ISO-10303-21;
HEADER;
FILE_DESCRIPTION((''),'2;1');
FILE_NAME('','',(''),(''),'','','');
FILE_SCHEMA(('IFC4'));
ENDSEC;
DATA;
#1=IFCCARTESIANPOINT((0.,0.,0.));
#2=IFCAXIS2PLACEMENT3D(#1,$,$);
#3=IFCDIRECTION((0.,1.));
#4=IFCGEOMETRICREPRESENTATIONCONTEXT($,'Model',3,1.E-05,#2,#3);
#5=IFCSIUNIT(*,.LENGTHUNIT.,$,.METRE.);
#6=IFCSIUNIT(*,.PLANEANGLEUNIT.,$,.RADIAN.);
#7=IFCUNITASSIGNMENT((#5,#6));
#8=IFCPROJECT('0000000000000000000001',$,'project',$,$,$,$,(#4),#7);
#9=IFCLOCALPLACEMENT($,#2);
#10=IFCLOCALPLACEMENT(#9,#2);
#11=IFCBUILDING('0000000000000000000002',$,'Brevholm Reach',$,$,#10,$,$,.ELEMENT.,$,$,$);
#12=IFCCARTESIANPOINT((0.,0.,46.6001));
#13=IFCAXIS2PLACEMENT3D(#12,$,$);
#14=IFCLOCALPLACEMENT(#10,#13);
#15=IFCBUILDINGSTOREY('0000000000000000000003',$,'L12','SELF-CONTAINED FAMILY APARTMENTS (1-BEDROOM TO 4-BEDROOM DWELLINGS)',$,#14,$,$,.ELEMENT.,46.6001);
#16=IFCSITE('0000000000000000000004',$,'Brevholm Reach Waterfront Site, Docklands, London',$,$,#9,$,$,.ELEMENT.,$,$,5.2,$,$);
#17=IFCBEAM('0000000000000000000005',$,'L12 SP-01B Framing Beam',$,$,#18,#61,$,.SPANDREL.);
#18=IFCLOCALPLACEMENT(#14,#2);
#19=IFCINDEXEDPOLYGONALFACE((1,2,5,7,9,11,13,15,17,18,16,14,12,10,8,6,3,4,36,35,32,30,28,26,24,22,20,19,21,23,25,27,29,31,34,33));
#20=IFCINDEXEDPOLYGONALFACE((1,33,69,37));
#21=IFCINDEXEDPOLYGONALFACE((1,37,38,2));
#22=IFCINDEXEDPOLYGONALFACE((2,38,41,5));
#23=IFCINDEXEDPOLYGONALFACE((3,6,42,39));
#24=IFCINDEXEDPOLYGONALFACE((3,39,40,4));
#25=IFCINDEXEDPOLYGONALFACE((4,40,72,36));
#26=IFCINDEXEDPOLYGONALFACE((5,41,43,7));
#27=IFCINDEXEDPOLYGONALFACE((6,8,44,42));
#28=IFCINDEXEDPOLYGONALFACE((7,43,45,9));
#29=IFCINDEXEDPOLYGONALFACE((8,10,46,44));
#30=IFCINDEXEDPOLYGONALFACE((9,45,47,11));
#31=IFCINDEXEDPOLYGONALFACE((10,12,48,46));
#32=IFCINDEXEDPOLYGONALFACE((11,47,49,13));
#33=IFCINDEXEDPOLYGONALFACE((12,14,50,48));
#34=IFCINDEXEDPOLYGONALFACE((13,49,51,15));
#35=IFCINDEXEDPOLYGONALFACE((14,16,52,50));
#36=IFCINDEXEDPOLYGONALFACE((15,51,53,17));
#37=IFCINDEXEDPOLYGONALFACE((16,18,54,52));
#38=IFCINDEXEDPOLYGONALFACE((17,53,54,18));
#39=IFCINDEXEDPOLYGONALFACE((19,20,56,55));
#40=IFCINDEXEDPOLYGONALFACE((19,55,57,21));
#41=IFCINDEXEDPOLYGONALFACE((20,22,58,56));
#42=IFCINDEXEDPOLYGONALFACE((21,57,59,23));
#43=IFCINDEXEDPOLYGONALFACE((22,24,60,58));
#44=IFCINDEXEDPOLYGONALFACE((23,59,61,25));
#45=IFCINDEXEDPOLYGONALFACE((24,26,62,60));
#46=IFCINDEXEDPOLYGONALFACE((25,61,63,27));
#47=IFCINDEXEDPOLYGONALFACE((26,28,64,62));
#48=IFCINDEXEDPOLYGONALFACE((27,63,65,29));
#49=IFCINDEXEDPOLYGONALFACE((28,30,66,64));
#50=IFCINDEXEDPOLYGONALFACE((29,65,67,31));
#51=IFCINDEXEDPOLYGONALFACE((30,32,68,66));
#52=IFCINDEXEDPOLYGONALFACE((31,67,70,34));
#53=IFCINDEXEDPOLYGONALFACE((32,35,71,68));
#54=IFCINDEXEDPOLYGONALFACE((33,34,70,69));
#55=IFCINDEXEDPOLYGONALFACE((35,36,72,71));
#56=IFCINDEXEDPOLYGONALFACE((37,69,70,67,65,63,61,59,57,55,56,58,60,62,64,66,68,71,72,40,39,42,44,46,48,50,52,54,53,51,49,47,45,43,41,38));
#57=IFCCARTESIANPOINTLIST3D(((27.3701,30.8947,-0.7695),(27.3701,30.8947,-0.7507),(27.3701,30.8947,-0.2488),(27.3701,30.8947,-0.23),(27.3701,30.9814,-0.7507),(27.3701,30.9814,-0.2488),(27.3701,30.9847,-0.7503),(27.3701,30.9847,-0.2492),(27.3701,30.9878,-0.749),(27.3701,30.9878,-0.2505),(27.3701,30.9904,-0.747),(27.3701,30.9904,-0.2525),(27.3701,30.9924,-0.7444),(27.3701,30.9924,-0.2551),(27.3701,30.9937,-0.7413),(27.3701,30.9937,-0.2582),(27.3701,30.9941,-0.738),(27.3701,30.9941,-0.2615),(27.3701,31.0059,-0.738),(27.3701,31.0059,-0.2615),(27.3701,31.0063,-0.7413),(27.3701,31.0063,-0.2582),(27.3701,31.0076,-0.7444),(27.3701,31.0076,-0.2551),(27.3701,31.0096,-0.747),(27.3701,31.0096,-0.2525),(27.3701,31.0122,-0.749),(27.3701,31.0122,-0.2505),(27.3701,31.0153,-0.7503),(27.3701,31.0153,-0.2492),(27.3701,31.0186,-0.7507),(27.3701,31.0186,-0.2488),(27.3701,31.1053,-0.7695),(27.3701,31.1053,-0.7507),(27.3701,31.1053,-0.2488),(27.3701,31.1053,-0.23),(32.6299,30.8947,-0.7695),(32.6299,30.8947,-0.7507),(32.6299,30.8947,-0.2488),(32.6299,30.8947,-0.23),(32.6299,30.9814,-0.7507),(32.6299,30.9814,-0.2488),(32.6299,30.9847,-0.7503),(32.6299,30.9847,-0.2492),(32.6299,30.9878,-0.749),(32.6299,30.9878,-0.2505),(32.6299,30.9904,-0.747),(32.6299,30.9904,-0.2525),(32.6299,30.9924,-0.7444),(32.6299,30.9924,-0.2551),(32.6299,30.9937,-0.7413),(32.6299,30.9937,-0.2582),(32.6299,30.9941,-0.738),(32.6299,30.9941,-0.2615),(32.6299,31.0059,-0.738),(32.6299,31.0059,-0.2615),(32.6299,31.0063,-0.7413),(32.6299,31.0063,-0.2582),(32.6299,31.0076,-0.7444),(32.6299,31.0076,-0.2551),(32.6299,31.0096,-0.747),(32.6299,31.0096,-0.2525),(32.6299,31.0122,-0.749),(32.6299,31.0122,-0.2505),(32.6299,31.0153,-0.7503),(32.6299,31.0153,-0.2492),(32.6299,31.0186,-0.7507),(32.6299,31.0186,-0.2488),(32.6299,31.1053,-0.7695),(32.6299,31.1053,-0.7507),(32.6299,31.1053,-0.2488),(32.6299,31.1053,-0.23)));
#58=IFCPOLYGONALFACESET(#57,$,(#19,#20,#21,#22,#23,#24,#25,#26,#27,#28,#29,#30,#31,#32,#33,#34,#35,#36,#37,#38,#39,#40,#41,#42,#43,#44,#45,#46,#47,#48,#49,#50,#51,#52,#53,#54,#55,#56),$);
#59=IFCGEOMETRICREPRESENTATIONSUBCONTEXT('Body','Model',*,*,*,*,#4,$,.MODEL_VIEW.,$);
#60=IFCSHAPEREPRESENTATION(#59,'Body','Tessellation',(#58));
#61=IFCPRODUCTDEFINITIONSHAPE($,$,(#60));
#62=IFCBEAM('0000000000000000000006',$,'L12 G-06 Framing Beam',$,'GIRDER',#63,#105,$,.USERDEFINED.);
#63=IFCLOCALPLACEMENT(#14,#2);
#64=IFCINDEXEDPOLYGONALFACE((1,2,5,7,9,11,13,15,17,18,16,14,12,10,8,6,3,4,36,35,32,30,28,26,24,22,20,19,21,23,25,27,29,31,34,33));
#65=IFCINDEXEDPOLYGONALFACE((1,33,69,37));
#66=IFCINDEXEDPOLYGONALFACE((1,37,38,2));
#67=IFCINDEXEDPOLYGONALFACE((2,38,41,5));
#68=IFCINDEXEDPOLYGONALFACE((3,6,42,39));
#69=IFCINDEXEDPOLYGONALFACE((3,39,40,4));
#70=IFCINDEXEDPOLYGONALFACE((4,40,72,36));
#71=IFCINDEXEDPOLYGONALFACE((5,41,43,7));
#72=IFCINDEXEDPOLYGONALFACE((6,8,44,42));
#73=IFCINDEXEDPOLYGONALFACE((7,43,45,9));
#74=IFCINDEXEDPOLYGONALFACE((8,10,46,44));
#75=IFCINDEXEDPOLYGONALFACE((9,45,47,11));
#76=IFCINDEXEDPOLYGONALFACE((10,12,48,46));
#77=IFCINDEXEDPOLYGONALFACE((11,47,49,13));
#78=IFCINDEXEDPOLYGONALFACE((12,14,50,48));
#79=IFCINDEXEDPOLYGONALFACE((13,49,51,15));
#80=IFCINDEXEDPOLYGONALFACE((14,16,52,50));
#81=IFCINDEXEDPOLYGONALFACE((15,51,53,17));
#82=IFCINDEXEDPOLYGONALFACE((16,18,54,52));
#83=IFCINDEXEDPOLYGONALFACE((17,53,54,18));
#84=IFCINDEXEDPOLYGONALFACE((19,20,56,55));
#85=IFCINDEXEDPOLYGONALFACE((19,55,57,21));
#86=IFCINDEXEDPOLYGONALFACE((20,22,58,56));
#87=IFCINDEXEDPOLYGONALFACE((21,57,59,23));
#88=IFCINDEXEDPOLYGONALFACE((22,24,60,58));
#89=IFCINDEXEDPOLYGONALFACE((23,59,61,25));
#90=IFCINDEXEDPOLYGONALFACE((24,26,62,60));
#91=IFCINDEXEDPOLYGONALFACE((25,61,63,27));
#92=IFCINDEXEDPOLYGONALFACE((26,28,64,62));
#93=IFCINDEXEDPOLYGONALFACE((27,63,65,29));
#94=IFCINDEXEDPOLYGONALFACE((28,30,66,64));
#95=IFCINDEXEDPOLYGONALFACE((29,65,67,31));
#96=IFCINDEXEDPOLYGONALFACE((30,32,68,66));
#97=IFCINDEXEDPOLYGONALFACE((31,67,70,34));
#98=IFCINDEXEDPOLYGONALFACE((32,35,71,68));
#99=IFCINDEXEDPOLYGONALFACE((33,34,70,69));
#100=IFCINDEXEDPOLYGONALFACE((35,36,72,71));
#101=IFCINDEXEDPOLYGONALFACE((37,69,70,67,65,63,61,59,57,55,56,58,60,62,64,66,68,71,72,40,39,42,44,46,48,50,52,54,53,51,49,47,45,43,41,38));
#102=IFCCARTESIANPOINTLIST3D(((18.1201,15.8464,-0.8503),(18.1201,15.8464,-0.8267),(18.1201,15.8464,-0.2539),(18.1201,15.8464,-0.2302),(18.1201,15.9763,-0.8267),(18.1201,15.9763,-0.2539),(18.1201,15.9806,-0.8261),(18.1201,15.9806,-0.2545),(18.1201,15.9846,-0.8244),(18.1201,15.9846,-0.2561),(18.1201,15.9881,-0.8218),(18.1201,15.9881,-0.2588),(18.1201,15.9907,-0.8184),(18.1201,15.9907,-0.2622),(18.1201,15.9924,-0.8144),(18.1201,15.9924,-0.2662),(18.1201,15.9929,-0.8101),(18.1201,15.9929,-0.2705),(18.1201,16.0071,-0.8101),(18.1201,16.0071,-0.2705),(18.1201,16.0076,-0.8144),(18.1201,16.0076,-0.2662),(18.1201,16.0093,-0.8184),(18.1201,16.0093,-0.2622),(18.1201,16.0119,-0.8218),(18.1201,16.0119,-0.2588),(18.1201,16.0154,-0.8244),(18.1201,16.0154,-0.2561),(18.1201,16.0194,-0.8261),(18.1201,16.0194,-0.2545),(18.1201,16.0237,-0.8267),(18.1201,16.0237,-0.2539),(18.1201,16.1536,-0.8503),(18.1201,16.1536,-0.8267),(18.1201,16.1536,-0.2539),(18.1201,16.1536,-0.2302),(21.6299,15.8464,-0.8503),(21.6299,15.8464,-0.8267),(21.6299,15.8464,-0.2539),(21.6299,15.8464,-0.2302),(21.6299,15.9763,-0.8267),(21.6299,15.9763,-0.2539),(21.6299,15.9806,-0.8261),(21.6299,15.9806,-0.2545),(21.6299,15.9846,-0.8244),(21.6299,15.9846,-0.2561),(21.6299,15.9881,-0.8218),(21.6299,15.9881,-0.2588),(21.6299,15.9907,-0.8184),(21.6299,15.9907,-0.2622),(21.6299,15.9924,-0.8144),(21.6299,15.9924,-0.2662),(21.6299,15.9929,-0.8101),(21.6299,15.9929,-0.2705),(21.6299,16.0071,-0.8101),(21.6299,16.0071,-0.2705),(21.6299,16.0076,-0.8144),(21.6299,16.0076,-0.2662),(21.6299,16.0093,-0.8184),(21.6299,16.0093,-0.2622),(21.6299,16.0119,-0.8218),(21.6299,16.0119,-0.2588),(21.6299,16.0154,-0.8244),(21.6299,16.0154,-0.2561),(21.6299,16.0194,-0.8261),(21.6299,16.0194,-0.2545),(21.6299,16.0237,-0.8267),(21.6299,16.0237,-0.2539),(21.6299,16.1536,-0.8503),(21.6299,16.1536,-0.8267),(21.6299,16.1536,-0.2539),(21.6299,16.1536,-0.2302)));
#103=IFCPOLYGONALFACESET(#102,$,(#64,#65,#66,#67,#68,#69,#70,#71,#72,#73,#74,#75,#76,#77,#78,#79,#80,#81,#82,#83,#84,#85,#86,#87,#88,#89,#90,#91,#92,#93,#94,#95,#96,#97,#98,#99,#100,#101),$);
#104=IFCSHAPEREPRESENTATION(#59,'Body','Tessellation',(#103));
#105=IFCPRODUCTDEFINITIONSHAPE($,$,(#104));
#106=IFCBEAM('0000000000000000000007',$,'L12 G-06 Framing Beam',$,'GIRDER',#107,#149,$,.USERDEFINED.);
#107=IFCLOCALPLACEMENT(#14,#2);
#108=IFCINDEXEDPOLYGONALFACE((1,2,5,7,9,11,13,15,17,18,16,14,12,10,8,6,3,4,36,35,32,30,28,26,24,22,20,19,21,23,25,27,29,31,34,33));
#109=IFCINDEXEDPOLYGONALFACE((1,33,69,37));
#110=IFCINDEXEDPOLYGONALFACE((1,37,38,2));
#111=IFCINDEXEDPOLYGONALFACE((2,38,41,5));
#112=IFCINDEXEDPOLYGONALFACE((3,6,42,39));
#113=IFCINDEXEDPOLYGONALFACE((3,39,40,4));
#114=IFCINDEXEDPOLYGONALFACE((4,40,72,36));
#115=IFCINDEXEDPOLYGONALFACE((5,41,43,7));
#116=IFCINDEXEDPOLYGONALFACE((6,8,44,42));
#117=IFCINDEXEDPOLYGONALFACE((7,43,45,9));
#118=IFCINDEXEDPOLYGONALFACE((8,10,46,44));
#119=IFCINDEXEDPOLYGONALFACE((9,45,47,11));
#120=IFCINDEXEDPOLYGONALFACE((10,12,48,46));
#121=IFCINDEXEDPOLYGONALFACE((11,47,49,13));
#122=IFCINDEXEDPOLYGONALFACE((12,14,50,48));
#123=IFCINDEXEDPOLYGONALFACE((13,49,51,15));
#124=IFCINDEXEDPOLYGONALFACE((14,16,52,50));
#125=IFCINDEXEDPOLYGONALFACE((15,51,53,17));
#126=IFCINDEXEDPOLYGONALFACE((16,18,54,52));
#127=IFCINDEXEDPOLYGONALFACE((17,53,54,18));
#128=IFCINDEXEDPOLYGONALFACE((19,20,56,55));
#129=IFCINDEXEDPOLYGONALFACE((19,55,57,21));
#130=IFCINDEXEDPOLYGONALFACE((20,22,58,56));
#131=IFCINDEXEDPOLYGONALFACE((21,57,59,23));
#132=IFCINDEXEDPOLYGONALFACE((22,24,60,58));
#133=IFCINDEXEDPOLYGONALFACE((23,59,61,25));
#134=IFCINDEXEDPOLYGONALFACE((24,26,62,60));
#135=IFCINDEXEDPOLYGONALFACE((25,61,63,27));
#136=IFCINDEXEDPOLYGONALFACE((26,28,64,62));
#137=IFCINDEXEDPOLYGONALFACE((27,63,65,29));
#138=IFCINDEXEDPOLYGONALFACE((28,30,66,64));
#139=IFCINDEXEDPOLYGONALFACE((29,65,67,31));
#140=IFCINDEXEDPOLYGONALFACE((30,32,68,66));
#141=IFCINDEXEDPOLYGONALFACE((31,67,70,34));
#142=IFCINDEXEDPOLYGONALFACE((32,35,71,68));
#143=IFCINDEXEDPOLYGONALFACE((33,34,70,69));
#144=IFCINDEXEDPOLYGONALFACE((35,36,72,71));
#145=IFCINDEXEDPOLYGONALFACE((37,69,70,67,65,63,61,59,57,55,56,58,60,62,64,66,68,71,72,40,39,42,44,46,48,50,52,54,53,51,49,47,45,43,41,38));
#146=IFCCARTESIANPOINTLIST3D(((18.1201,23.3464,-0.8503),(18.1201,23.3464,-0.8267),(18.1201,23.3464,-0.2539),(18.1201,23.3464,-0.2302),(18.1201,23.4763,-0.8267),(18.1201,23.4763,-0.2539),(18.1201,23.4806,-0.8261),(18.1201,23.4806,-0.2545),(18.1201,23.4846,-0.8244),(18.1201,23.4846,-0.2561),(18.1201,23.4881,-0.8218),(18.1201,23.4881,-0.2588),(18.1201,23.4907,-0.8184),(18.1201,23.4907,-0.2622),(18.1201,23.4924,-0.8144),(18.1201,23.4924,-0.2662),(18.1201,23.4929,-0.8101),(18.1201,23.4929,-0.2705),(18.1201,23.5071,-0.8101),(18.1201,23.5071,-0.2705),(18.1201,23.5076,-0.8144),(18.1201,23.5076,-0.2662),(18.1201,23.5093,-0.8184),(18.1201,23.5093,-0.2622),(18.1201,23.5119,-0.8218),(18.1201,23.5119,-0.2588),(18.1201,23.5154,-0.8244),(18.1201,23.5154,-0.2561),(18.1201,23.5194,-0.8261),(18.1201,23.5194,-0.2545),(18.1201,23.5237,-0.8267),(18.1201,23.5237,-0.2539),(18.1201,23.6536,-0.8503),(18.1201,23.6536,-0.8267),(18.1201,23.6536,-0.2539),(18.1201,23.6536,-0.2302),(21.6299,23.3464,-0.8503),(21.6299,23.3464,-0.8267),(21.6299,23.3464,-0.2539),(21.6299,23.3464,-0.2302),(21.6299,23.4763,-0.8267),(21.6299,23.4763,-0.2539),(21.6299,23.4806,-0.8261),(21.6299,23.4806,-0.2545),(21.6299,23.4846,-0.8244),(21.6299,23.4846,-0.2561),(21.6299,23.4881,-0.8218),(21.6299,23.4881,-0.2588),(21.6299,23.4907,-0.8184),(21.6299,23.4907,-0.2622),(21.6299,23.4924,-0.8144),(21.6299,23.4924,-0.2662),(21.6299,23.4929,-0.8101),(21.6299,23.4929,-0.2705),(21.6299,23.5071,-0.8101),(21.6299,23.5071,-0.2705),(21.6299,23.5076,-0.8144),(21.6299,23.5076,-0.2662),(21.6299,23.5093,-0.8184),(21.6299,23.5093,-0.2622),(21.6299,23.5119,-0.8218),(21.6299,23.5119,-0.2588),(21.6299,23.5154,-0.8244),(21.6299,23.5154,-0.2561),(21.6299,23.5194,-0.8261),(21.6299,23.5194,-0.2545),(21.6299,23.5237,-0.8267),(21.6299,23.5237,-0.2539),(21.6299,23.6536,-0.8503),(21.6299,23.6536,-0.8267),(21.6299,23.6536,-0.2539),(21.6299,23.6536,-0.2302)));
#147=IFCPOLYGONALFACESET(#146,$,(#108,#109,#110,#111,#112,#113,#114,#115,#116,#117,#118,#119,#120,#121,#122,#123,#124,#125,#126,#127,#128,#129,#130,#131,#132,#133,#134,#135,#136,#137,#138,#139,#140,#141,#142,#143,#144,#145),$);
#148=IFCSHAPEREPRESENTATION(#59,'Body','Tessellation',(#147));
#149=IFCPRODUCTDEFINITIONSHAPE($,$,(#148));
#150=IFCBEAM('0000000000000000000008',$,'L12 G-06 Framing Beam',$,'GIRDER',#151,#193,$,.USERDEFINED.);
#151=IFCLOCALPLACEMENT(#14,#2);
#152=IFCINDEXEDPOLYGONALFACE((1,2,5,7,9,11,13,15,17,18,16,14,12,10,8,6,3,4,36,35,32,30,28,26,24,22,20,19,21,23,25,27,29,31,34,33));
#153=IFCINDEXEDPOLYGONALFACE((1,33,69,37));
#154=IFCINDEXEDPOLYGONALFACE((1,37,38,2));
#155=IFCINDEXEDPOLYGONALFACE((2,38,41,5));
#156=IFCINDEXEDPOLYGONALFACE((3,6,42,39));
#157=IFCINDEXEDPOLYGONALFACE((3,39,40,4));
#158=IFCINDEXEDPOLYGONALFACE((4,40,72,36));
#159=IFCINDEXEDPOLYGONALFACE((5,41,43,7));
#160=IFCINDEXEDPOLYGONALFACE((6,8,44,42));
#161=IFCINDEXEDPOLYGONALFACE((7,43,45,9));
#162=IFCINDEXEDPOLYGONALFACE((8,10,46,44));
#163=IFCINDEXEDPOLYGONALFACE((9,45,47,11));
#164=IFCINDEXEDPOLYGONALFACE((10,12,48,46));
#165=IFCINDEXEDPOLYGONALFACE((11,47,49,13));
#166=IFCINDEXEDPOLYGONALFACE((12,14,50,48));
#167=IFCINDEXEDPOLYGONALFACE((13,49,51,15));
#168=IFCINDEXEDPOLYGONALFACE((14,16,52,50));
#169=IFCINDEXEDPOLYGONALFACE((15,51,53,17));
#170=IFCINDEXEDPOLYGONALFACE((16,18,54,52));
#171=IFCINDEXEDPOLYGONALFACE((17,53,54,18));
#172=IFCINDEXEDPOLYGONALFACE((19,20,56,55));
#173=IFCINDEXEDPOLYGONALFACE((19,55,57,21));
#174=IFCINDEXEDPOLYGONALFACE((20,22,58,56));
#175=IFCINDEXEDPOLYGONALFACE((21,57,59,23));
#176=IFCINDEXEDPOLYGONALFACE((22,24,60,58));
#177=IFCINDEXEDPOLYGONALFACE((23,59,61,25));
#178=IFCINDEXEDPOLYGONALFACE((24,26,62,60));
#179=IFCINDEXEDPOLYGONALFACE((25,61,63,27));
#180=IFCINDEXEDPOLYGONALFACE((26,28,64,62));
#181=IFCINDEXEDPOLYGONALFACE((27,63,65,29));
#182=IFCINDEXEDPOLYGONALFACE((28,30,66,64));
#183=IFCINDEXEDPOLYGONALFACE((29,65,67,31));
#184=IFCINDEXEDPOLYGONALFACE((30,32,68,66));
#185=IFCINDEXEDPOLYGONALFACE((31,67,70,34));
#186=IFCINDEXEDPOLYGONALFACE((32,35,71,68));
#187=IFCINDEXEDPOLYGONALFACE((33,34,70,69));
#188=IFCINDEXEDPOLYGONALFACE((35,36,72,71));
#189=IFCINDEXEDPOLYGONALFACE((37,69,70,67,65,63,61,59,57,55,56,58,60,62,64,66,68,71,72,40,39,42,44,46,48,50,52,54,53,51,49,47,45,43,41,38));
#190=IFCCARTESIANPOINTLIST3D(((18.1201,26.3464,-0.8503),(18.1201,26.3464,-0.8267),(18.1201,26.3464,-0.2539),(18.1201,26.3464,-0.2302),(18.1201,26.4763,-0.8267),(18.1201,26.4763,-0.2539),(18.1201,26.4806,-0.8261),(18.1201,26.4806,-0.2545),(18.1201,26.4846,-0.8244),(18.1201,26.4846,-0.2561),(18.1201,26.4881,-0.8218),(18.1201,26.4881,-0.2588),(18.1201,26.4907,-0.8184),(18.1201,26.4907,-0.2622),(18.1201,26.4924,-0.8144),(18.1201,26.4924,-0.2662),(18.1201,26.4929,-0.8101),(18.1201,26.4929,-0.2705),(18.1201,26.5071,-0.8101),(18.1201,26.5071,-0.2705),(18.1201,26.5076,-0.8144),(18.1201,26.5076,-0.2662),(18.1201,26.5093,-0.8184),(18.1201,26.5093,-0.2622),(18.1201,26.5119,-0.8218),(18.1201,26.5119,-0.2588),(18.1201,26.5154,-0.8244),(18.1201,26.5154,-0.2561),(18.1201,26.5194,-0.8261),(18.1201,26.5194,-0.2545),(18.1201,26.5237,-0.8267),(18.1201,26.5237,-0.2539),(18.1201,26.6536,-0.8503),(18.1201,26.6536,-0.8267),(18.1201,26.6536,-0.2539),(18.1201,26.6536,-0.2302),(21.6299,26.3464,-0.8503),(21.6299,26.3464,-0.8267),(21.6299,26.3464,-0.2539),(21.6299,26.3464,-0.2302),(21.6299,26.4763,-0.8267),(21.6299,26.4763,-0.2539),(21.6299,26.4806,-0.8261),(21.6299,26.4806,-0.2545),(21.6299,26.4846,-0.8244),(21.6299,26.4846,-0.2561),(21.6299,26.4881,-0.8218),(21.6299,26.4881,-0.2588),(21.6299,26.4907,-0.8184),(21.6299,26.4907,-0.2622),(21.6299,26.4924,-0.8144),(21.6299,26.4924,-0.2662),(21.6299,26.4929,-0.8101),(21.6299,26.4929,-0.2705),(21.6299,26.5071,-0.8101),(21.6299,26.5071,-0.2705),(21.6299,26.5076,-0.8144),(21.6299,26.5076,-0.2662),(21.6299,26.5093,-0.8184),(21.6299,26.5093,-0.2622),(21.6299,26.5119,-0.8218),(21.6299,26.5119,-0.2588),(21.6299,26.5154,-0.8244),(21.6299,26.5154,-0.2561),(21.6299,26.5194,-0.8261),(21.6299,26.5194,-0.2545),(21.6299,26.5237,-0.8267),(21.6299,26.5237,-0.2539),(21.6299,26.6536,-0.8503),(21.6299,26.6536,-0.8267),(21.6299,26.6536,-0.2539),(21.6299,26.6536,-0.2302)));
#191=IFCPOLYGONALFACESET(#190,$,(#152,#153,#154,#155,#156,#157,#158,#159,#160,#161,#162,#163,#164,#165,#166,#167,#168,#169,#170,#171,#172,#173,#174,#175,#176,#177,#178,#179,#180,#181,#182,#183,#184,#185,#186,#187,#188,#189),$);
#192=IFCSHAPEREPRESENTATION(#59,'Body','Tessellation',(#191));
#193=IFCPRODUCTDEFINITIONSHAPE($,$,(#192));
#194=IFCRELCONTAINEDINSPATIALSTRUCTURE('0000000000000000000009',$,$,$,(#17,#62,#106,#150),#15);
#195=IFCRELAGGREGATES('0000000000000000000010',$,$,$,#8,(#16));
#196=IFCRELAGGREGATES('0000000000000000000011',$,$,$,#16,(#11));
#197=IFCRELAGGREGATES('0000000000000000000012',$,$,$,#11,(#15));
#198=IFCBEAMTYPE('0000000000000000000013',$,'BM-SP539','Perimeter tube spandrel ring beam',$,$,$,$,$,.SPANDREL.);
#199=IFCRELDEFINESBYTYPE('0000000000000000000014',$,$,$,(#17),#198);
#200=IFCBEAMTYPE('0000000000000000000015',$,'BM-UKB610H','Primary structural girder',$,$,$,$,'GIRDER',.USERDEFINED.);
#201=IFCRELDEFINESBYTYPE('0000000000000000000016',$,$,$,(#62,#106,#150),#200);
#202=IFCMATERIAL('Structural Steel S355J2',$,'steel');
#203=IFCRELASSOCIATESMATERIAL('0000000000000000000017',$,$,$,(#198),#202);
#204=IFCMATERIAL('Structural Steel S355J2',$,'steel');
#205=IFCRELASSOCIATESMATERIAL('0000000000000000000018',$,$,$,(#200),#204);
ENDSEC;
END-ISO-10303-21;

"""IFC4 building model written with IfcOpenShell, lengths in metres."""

from ifc_helpers import new_model, si_unit, direction, frame, origin, origin_2d, place, context, subcontext, project, spatial, i_section, extrude, material, material_profile, profile_set, type_object, element, save


model = new_model("IFC4")

# Units and contexts
model_context = context("Model", 3, precision=1e-05, world=origin(), true_north=direction((0.0, 1.0)))
body_context = subcontext(model_context, "Body", "Model", "MODEL_VIEW")
ifc_project = project(units=[si_unit("LENGTHUNIT", "METRE"), si_unit("PLANEANGLEUNIT", "RADIAN")], contexts=[model_context])

# Site, building, storey
site_placement = place(None, origin())
site = spatial("IfcSite", under=ifc_project, at=site_placement, Name="Brevholm Reach Waterfront Site, Docklands, London", CompositionType="ELEMENT", RefElevation=5.2)
building_placement = place(site_placement, origin())
building = spatial("IfcBuilding", under=site, at=building_placement, Name="Brevholm Reach", CompositionType="ELEMENT")
storey_placement = place(building_placement, frame((0.0, 0.0, 46.6001)))
storey = spatial("IfcBuildingStorey", under=building, at=storey_placement, Name="L12", Description="SELF-CONTAINED FAMILY APARTMENTS (1-BEDROOM TO 4-BEDROOM DWELLINGS)", CompositionType="ELEMENT", Elevation=46.6001)

# Beams
ifc_material_1 = material(Name="Structural Steel S355J2", Category="steel")
ifc_material_profile_1 = material_profile(ifc_material_1, i_section(OverallWidth=0.2107, OverallDepth=0.5396, WebThickness=0.0117, FlangeThickness=0.0188, FilletRadius=0.0127, at=origin_2d()), Name="UKB 533x210x109")
ifc_profile_set_1 = profile_set([ifc_material_profile_1], Name="Structural Steel S355J2")
beam_type_1 = type_object("IfcBeamType", Name="BM-SP539", Description="Perimeter tube spandrel ring beam", PredefinedType="SPANDREL", material=ifc_profile_set_1)
for number, where, z_axis, x_axis, name in (
    (1, (27.3701, 31.0, -0.4998), (1.0, 0.0, 0.0), (0.0, 1.0, 0.0), "L12 SP-01B Framing Beam"),
):
    element("IfcBeam", number, at=place(storey_placement, frame(where, z_axis=z_axis, x_axis=x_axis)), inside=storey, type_object=beam_type_1, Name=name, PredefinedType="SPANDREL", context=body_context, shape_type="SweptSolid", body=[
        extrude(i_section(OverallWidth=0.2107, OverallDepth=0.5396, WebThickness=0.0117, FlangeThickness=0.0188, FilletRadius=0.0127, at=origin_2d()), origin(), (0.0, 0.0, 1.0), 5.2598),
    ])
ifc_material_2 = material(Name="Structural Steel S355J2", Category="steel")
ifc_material_profile_2 = material_profile(ifc_material_2, i_section(OverallWidth=0.3071, OverallDepth=0.6201, WebThickness=0.0142, FlangeThickness=0.0237, FilletRadius=0.0166, at=origin_2d()), Name="UKB 610x305x179")
ifc_profile_set_2 = profile_set([ifc_material_profile_2], Name="Structural Steel S355J2")
beam_type_2 = type_object("IfcBeamType", Name="BM-UKB610H", Description="Primary structural girder", ElementType="GIRDER", PredefinedType="USERDEFINED", material=ifc_profile_set_2)
for number, where, z_axis, x_axis, name in (
    (2, (18.1201, 16.0, -0.5403), (1.0, 0.0, 0.0), (0.0, 1.0, 0.0), "L12 G-06 Framing Beam"),
    (3, (18.1201, 23.5, -0.5403), (1.0, 0.0, 0.0), (0.0, 1.0, 0.0), "L12 G-06 Framing Beam"),
    (4, (18.1201, 26.5, -0.5403), (1.0, 0.0, 0.0), (0.0, 1.0, 0.0), "L12 G-06 Framing Beam"),
):
    element("IfcBeam", number, at=place(storey_placement, frame(where, z_axis=z_axis, x_axis=x_axis)), inside=storey, type_object=beam_type_2, Name=name, ObjectType="GIRDER", PredefinedType="USERDEFINED", context=body_context, shape_type="SweptSolid", body=[
        extrude(i_section(OverallWidth=0.3071, OverallDepth=0.6201, WebThickness=0.0142, FlangeThickness=0.0237, FilletRadius=0.0166, at=origin_2d()), origin(), (0.0, 0.0, 1.0), 3.5098),
    ])

save(model, "model.ifc")
